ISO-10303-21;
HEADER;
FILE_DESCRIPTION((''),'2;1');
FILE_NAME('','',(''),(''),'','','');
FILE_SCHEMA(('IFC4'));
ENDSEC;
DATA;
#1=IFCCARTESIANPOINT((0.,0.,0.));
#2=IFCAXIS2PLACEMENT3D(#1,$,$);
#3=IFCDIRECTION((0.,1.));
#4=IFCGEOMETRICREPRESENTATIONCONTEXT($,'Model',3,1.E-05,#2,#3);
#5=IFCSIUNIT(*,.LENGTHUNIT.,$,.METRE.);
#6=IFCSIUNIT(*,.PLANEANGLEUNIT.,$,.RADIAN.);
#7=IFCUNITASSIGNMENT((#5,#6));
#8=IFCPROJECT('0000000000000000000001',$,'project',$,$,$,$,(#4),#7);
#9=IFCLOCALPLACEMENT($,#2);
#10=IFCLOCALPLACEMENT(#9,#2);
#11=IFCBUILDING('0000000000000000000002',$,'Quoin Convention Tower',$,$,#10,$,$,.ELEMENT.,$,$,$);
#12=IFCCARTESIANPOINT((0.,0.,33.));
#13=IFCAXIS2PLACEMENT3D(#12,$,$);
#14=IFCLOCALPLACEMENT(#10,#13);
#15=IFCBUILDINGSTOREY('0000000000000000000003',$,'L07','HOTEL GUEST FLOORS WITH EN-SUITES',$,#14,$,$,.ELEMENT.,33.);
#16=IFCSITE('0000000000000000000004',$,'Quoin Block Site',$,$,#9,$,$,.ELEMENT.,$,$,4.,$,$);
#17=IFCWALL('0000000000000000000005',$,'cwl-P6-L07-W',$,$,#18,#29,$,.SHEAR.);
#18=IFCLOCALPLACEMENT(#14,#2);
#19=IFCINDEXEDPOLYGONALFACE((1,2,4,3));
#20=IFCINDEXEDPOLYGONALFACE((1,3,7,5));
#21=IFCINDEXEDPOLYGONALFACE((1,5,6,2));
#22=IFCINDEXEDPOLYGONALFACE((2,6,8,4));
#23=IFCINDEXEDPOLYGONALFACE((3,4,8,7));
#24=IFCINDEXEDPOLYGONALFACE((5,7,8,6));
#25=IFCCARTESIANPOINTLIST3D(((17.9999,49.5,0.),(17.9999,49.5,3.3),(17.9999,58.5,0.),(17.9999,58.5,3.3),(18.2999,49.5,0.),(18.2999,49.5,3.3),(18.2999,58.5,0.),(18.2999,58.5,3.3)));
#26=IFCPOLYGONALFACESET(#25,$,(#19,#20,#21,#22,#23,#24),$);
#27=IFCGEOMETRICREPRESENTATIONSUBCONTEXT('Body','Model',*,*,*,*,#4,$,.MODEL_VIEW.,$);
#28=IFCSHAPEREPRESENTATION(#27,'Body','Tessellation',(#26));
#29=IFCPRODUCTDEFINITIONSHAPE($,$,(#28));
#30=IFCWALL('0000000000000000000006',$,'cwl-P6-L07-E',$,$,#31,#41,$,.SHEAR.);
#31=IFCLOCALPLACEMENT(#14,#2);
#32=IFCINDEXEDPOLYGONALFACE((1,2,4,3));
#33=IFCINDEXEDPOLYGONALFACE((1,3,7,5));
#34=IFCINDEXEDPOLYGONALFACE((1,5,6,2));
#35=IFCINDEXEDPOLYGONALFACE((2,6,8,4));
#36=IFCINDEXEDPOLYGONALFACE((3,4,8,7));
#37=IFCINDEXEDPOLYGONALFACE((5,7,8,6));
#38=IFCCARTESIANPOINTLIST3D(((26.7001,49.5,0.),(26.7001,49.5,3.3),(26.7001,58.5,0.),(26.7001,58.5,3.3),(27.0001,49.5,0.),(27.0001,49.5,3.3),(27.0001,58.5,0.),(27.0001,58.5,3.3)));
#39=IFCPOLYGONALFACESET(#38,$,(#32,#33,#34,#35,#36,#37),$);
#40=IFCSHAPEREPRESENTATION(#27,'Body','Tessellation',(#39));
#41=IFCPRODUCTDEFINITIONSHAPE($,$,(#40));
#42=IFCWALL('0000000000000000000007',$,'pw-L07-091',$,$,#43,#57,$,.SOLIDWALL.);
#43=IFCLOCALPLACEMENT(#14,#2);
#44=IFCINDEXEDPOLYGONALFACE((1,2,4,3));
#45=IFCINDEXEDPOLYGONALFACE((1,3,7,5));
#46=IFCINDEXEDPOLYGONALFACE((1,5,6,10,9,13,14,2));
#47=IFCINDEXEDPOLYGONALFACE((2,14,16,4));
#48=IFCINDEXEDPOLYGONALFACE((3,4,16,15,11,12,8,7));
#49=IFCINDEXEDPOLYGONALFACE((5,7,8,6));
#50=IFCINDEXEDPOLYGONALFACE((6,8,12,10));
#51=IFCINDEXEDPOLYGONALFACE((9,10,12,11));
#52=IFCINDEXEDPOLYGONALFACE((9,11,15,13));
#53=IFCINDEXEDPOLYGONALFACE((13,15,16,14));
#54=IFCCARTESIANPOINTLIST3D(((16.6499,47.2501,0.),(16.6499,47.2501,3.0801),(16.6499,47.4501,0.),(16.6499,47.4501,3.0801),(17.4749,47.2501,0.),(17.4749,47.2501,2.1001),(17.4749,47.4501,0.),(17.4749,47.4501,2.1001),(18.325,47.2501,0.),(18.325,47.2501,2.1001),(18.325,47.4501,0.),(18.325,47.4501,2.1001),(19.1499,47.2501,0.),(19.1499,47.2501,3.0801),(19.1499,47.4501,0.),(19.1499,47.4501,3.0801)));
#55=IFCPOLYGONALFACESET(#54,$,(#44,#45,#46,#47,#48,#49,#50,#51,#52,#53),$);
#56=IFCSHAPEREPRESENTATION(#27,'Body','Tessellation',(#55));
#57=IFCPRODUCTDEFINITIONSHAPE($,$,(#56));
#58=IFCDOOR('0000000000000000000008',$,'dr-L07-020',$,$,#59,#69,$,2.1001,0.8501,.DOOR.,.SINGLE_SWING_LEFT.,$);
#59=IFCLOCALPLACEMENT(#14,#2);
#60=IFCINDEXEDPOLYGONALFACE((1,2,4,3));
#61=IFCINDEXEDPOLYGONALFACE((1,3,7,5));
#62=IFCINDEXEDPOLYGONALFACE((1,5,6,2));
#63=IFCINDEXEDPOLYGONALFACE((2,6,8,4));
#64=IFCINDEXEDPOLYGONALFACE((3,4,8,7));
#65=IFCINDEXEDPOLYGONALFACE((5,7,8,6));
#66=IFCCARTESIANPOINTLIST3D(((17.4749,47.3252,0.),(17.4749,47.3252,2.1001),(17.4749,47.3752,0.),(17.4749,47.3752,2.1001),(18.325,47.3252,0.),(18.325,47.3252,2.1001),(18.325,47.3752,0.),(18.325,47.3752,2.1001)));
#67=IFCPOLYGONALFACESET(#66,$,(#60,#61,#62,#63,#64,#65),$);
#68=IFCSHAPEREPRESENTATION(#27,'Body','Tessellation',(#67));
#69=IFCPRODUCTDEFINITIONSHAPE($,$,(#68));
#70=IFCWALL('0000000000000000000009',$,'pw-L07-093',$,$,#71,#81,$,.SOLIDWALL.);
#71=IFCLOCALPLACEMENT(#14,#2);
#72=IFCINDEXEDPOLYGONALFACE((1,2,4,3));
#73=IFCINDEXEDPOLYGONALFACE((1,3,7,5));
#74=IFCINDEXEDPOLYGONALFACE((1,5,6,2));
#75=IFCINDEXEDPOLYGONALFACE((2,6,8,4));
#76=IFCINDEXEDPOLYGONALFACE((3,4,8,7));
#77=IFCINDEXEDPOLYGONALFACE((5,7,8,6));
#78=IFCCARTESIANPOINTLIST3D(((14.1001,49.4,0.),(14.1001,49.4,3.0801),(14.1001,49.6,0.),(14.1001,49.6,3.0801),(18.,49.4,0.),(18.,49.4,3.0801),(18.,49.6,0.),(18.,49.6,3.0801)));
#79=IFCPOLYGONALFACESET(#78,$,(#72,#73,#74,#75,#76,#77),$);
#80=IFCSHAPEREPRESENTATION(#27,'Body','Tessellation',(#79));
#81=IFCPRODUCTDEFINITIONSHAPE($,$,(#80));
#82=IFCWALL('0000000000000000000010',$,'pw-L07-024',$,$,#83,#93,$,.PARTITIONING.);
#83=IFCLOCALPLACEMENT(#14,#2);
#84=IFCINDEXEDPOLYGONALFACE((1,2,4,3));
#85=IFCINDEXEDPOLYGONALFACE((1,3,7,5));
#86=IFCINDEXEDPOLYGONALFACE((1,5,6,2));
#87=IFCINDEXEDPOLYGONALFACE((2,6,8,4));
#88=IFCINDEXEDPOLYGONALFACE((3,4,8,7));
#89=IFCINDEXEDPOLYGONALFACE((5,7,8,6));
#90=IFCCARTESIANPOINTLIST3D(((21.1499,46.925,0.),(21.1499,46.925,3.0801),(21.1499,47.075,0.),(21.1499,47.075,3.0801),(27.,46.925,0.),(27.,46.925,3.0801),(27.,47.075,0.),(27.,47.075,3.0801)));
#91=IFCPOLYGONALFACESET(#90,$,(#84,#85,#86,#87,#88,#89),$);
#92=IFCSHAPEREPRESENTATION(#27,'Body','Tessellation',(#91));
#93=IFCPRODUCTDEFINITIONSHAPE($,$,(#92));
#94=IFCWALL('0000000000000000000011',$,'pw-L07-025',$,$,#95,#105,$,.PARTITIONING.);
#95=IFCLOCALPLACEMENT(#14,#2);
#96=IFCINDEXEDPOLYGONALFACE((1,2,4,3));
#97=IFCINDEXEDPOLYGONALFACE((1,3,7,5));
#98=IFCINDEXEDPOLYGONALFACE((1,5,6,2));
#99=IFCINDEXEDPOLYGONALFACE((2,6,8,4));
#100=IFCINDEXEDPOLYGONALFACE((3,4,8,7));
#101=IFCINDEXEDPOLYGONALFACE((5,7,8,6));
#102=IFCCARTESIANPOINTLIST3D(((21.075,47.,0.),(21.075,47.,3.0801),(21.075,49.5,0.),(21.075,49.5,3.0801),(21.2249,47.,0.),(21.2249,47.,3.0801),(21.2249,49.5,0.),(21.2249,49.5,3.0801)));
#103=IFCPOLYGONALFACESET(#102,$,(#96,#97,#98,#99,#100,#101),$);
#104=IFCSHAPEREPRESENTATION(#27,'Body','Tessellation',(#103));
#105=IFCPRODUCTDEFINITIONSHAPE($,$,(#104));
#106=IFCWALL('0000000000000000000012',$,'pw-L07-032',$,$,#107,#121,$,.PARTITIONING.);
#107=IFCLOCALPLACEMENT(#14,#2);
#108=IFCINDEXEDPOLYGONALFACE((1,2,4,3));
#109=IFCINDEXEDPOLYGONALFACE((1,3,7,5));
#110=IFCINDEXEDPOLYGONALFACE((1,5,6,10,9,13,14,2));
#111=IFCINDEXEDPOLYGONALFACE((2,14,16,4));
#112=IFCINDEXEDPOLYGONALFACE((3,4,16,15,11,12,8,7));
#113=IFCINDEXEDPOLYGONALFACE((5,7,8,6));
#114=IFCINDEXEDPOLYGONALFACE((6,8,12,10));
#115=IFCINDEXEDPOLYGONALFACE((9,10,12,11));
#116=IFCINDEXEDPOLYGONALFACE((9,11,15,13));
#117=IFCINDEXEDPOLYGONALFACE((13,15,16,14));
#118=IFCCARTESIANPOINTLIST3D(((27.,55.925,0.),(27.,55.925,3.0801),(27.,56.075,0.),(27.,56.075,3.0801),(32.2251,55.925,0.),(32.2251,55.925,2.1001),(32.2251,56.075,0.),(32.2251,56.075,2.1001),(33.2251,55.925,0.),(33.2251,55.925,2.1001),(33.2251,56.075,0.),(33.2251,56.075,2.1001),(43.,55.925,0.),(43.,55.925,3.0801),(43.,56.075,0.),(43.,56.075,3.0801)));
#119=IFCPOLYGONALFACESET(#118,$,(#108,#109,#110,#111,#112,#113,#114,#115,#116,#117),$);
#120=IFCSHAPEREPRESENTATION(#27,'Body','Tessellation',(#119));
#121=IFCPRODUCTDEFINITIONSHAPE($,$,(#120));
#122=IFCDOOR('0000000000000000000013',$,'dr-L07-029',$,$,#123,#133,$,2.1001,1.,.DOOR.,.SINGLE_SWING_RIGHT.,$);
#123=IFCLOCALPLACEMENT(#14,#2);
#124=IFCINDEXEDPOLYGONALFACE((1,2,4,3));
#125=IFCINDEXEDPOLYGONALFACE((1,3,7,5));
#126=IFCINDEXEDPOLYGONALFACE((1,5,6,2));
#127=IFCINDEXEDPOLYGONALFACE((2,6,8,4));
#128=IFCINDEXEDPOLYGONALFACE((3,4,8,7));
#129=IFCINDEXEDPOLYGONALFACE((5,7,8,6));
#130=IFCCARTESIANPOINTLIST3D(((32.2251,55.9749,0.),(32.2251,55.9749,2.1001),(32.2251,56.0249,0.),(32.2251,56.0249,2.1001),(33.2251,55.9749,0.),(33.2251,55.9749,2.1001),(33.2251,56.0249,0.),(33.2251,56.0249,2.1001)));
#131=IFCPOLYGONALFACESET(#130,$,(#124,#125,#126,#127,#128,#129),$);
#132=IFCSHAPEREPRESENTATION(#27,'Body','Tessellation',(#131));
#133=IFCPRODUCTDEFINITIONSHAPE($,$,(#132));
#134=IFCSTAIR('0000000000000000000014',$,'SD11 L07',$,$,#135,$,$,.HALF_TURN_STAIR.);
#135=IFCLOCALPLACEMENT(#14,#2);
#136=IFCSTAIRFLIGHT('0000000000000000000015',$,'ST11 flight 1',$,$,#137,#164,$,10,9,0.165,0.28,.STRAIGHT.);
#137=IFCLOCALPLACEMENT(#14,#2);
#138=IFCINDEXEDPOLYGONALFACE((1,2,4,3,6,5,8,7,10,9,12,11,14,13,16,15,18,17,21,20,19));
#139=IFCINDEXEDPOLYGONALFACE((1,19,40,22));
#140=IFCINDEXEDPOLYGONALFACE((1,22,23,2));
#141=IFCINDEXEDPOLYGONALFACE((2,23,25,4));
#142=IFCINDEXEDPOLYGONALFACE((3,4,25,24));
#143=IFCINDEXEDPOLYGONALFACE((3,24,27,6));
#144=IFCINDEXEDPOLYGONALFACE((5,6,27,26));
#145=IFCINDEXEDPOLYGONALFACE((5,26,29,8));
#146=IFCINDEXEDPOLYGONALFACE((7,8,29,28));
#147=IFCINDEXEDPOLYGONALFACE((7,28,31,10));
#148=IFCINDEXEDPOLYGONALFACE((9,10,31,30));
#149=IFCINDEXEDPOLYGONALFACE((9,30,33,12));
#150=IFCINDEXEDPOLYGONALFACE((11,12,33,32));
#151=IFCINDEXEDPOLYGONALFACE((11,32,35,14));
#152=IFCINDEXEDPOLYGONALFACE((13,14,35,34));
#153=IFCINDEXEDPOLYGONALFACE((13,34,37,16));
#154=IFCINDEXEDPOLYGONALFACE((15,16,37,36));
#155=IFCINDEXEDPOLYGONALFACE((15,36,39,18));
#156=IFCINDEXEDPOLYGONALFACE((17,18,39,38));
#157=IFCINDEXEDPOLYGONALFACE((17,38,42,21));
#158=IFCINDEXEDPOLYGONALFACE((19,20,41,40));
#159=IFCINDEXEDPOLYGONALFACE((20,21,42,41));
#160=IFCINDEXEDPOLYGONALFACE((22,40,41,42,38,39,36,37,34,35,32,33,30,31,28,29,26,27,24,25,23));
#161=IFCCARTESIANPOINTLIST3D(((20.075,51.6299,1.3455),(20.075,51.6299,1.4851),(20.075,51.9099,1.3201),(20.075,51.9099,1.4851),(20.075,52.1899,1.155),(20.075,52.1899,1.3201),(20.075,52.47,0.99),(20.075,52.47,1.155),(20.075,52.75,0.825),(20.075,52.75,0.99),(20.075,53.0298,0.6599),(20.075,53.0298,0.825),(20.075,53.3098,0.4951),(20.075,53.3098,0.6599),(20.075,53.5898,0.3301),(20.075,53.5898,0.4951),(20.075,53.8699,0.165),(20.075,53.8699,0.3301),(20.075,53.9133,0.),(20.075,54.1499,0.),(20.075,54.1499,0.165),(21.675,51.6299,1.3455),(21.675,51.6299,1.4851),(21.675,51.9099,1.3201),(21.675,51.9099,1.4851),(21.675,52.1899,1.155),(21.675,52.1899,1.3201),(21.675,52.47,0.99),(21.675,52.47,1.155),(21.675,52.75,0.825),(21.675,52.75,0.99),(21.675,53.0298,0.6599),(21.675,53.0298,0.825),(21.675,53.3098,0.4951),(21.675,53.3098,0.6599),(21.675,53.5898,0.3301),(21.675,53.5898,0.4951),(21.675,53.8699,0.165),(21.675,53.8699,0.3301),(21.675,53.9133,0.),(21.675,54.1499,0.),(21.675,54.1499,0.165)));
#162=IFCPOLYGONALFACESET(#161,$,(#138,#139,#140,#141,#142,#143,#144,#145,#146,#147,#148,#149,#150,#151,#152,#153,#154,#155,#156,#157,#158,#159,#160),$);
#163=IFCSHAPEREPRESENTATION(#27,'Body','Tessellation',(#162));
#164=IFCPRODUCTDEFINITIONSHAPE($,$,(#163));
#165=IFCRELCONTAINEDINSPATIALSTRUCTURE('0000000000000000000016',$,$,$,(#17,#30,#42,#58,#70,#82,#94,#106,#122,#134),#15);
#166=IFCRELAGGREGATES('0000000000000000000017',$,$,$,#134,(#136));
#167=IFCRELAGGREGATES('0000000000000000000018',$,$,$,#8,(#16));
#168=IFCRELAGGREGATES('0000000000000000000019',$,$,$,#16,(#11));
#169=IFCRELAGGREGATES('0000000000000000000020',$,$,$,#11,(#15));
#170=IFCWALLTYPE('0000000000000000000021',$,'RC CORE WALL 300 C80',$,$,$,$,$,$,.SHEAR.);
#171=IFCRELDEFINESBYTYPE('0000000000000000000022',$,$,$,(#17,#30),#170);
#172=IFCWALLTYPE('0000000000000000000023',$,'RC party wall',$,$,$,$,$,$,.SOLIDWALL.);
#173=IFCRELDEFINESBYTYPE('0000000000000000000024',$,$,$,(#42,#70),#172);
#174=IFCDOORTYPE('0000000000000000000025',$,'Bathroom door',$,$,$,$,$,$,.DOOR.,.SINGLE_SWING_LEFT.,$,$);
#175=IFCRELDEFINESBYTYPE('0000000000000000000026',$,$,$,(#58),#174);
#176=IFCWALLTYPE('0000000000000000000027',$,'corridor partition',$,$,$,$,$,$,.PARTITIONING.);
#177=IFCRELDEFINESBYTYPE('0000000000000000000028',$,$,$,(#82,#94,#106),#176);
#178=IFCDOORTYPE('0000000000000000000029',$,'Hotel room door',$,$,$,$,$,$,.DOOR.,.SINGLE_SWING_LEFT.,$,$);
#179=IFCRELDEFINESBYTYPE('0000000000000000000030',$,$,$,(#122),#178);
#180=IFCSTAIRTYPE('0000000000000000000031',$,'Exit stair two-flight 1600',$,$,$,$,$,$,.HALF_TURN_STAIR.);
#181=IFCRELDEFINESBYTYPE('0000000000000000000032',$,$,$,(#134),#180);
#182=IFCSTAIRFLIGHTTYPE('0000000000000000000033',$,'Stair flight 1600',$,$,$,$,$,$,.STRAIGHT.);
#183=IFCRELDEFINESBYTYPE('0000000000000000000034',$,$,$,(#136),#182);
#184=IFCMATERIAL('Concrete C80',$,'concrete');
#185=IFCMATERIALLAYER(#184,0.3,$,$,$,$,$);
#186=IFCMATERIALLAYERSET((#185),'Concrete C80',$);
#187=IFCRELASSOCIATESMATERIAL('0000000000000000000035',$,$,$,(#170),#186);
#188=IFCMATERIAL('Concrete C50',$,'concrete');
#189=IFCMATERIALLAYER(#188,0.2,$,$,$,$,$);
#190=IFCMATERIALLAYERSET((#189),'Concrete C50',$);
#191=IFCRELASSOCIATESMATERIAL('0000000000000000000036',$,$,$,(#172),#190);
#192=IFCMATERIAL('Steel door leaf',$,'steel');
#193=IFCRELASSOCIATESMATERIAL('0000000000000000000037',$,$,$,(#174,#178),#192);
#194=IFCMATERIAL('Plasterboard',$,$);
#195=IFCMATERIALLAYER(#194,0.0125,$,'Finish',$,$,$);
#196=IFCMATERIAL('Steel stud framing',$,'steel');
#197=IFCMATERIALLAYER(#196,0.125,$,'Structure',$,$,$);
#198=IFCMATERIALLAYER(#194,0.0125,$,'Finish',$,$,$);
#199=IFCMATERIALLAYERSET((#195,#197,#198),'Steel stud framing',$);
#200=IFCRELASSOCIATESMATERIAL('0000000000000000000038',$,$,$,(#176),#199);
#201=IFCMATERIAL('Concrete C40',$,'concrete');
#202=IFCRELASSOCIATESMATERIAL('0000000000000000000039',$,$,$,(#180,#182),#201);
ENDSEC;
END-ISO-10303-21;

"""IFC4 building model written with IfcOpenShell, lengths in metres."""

from ifc_helpers import new_model, si_unit, direction, frame, frame_2d, origin, place, context, subcontext, project, spatial, polyline, rectangle, outline, extrude, material, layer, layer_set, type_object, element, fill, aggregate, save


model = new_model("IFC4")

# Units and contexts
model_context = context("Model", 3, precision=1e-05, world=origin(), true_north=direction((0.0, 1.0)))
body_context = subcontext(model_context, "Body", "Model", "MODEL_VIEW")
ifc_project = project(units=[si_unit("LENGTHUNIT", "METRE"), si_unit("PLANEANGLEUNIT", "RADIAN")], contexts=[model_context])

# Site, building, storey
site_placement = place(None, origin())
site = spatial("IfcSite", under=ifc_project, at=site_placement, Name="Quoin Block Site", CompositionType="ELEMENT", RefElevation=4.0)
building_placement = place(site_placement, origin())
building = spatial("IfcBuilding", under=site, at=building_placement, Name="Quoin Convention Tower", CompositionType="ELEMENT")
storey_placement = place(building_placement, frame((0.0, 0.0, 33.0)))
storey = spatial("IfcBuildingStorey", under=building, at=storey_placement, Name="L07", Description="HOTEL GUEST FLOORS WITH EN-SUITES", CompositionType="ELEMENT", Elevation=33.0)

# Shared definitions
ifc_material_1 = material(Name="Concrete C80", Category="concrete")

# Shared definitions
ifc_material_2 = material(Name="Concrete C50", Category="concrete")

# Shared definitions
ifc_material_3 = material(Name="Steel door leaf", Category="steel")

# Walls
ifc_layer_1 = layer(ifc_material_1, 0.3)
ifc_layer_set_1 = layer_set([ifc_layer_1], Name="Concrete C80")
wall_type_1 = type_object("IfcWallType", Name="RC CORE WALL 300 C80", PredefinedType="SHEAR", material=ifc_layer_set_1)
for number, where, z_axis, x_axis, name in (
    (1, (18.1499, 49.5, 0.0), (0.0, 0.0, 1.0), (0.0, 1.0, 0.0), "cwl-P6-L07-W"),
    (2, (26.8501, 49.5, 0.0), (0.0, 0.0, 1.0), (0.0, 1.0, 0.0), "cwl-P6-L07-E"),
):
    element("IfcWall", number, at=place(storey_placement, frame(where, z_axis=z_axis, x_axis=x_axis)), inside=storey, type_object=wall_type_1, Name=name, PredefinedType="SHEAR", context=body_context, shape_type="SweptSolid", body=[
        extrude(rectangle(XDim=9.0, YDim=0.3, at=frame_2d((4.5, 0.0))), origin(), (0.0, 0.0, 1.0), 3.3),
    ])

# Wall, opening, door
ifc_layer_2 = layer(ifc_material_2, 0.2)
ifc_layer_set_2 = layer_set([ifc_layer_2], Name="Concrete C50")
wall_type_2 = type_object("IfcWallType", Name="RC party wall", PredefinedType="SOLIDWALL", material=ifc_layer_set_2)
wall_1_placement = place(storey_placement, frame((16.6499, 47.3501, 0.0), z_axis=(0.0, 0.0, 1.0), x_axis=(1.0, 0.0, 0.0)))
wall_1 = element("IfcWall", 3, at=wall_1_placement, inside=storey, type_object=wall_type_2, Name="pw-L07-091", PredefinedType="SOLIDWALL", context=body_context, shape_type="SweptSolid", body=[
    extrude(rectangle(XDim=2.5, YDim=0.2, at=frame_2d((1.25, 0.0))), origin(), (0.0, 0.0, 1.0), 3.0801),
])
opening_1_placement = place(wall_1_placement, frame((0.825, 0.0, 0.0)))
opening_1 = element("IfcOpeningElement", 4, at=opening_1_placement, cuts=wall_1, PredefinedType="OPENING", context=body_context, shape_type="SweptSolid", body=[
    extrude(rectangle(XDim=0.8501, YDim=2.1001, at=frame_2d((0.425, 1.05))), frame((0.0, 0.1099, 0.0), z_axis=(0.0, -1.0, 0.0), x_axis=(1.0, 0.0, 0.0)), (0.0, 0.0, 1.0), 0.22),
])
door_type_1 = type_object("IfcDoorType", Name="Bathroom door", OperationType="SINGLE_SWING_LEFT", PredefinedType="DOOR", material=ifc_material_3)
door_1_placement = place(opening_1_placement, frame((0.8501, 0.0, 0.0), z_axis=(0.0, 0.0, 1.0), x_axis=(-1.0, 0.0, 0.0)))
door_1 = element("IfcDoor", 5, at=door_1_placement, inside=storey, type_object=door_type_1, Name="dr-L07-020", OperationType="SINGLE_SWING_LEFT", OverallHeight=2.1001, OverallWidth=0.8501, PredefinedType="DOOR", context=body_context, shape_type="SweptSolid", body=[
    extrude(rectangle(XDim=0.8501, YDim=2.1001, at=frame_2d((0.425, 1.05))), frame((0.0, 0.0249, 0.0), z_axis=(0.0, -1.0, 0.0), x_axis=(1.0, 0.0, 0.0)), (0.0, 0.0, 1.0), 0.05),
])
fill(opening_1, door_1)

# Walls
wall_2_placement = place(storey_placement, frame((14.1001, 49.5, 0.0), z_axis=(0.0, 0.0, 1.0), x_axis=(1.0, 0.0, 0.0)))
element("IfcWall", 6, at=wall_2_placement, inside=storey, type_object=wall_type_2, Name="pw-L07-093", PredefinedType="SOLIDWALL", context=body_context, shape_type="SweptSolid", body=[
    extrude(rectangle(XDim=3.8999, YDim=0.2, at=frame_2d((1.95, 0.0))), origin(), (0.0, 0.0, 1.0), 3.0801),
])
ifc_material_4 = material(Name="Plasterboard")
ifc_layer_3 = layer(ifc_material_4, 0.0125, Name="Finish")
ifc_material_5 = material(Name="Steel stud framing", Category="steel")
ifc_layer_4 = layer(ifc_material_5, 0.125, Name="Structure")
ifc_layer_5 = layer(ifc_material_4, 0.0125, Name="Finish")
ifc_layer_set_3 = layer_set([ifc_layer_3, ifc_layer_4, ifc_layer_5], Name="Steel stud framing")
wall_type_3 = type_object("IfcWallType", Name="corridor partition", PredefinedType="PARTITIONING", material=ifc_layer_set_3)
wall_3_placement = place(storey_placement, frame((21.1499, 47.0, 0.0), z_axis=(0.0, 0.0, 1.0), x_axis=(1.0, 0.0, 0.0)))
element("IfcWall", 7, at=wall_3_placement, inside=storey, type_object=wall_type_3, Name="pw-L07-024", PredefinedType="PARTITIONING", context=body_context, shape_type="SweptSolid", body=[
    extrude(rectangle(XDim=5.8501, YDim=0.1499, at=frame_2d((2.925, 0.0))), origin(), (0.0, 0.0, 1.0), 3.0801),
])
wall_4_placement = place(storey_placement, frame((21.1499, 47.0, 0.0), z_axis=(0.0, 0.0, 1.0), x_axis=(0.0, 1.0, 0.0)))
element("IfcWall", 8, at=wall_4_placement, inside=storey, type_object=wall_type_3, Name="pw-L07-025", PredefinedType="PARTITIONING", context=body_context, shape_type="SweptSolid", body=[
    extrude(rectangle(XDim=2.5, YDim=0.1499, at=frame_2d((1.25, 0.0))), origin(), (0.0, 0.0, 1.0), 3.0801),
])

# Wall, opening, door
wall_5_placement = place(storey_placement, frame((27.0, 56.0, 0.0), z_axis=(0.0, 0.0, 1.0), x_axis=(1.0, 0.0, 0.0)))
wall_5 = element("IfcWall", 9, at=wall_5_placement, inside=storey, type_object=wall_type_3, Name="pw-L07-032", PredefinedType="PARTITIONING", context=body_context, shape_type="SweptSolid", body=[
    extrude(rectangle(XDim=16.0, YDim=0.1499, at=frame_2d((8.0, 0.0))), origin(), (0.0, 0.0, 1.0), 3.0801),
])
opening_2_placement = place(wall_5_placement, frame((5.2251, 0.0, 0.0)))
opening_2 = element("IfcOpeningElement", 10, at=opening_2_placement, cuts=wall_5, PredefinedType="OPENING", context=body_context, shape_type="SweptSolid", body=[
    extrude(rectangle(XDim=1.0, YDim=2.1001, at=frame_2d((0.5, 1.05))), frame((0.0, 0.085, 0.0), z_axis=(0.0, -1.0, 0.0), x_axis=(1.0, 0.0, 0.0)), (0.0, 0.0, 1.0), 0.1699),
])
door_type_2 = type_object("IfcDoorType", Name="Hotel room door", OperationType="SINGLE_SWING_LEFT", PredefinedType="DOOR", material=ifc_material_3)
door_2_placement = place(opening_2_placement, origin())
door_2 = element("IfcDoor", 11, at=door_2_placement, inside=storey, type_object=door_type_2, Name="dr-L07-029", OperationType="SINGLE_SWING_RIGHT", OverallHeight=2.1001, OverallWidth=1.0, PredefinedType="DOOR", context=body_context, shape_type="SweptSolid", body=[
    extrude(rectangle(XDim=1.0, YDim=2.1001, at=frame_2d((0.5, 1.05))), frame((0.0, 0.0249, 0.0), z_axis=(0.0, -1.0, 0.0), x_axis=(1.0, 0.0, 0.0)), (0.0, 0.0, 1.0), 0.05),
])
fill(opening_2, door_2)

# Stair, stair flight
ifc_material_6 = material(Name="Concrete C40", Category="concrete")
stair_type = type_object("IfcStairType", Name="Exit stair two-flight 1600", PredefinedType="HALF_TURN_STAIR", material=ifc_material_6)
stair_1_placement = place(storey_placement, origin())
stair_1 = element("IfcStair", 12, at=stair_1_placement, inside=storey, type_object=stair_type, Name="SD11 L07", PredefinedType="HALF_TURN_STAIR")
stair_flight_type = type_object("IfcStairFlightType", Name="Stair flight 1600", PredefinedType="STRAIGHT", material=ifc_material_6)
stair_flight_1_placement = place(storey_placement, frame((20.875, 54.1499, 0.0), z_axis=(0.0, 0.0, 1.0), x_axis=(0.0, -1.0, 0.0)))
stair_flight_1 = element("IfcStairFlight", 13, at=stair_flight_1_placement, type_object=stair_flight_type, Name="ST11 flight 1", NumberOfRisers=10, NumberOfTreads=9, PredefinedType="STRAIGHT", RiserHeight=0.165, TreadLength=0.28, context=body_context, shape_type="SweptSolid", body=[
    extrude(outline(polyline([(0.0, 0.0), (0.0, 0.165), (0.28, 0.165), (0.28, 0.3301), (0.5601, 0.3301), (0.5601, 0.4951), (0.8401, 0.4951), (0.8401, 0.6599), (1.1201, 0.6599), (1.1201, 0.825), (1.3999, 0.825), (1.3999, 0.99), (1.6799, 0.99), (1.6799, 1.155), (1.96, 1.155), (1.96, 1.3201), (2.24, 1.3201), (2.24, 1.4851), (2.52, 1.4851), (2.52, 1.6499), (2.52, 1.3455), (0.2366, 0.0), (0.0, 0.0)])), frame((0.0, 0.8, 0.0), z_axis=(0.0, -1.0, 0.0), x_axis=(1.0, 0.0, 0.0)), (0.0, 0.0, 1.0), 1.6001),
])
aggregate(stair_1, [stair_flight_1])

save(model, "model.ifc")
